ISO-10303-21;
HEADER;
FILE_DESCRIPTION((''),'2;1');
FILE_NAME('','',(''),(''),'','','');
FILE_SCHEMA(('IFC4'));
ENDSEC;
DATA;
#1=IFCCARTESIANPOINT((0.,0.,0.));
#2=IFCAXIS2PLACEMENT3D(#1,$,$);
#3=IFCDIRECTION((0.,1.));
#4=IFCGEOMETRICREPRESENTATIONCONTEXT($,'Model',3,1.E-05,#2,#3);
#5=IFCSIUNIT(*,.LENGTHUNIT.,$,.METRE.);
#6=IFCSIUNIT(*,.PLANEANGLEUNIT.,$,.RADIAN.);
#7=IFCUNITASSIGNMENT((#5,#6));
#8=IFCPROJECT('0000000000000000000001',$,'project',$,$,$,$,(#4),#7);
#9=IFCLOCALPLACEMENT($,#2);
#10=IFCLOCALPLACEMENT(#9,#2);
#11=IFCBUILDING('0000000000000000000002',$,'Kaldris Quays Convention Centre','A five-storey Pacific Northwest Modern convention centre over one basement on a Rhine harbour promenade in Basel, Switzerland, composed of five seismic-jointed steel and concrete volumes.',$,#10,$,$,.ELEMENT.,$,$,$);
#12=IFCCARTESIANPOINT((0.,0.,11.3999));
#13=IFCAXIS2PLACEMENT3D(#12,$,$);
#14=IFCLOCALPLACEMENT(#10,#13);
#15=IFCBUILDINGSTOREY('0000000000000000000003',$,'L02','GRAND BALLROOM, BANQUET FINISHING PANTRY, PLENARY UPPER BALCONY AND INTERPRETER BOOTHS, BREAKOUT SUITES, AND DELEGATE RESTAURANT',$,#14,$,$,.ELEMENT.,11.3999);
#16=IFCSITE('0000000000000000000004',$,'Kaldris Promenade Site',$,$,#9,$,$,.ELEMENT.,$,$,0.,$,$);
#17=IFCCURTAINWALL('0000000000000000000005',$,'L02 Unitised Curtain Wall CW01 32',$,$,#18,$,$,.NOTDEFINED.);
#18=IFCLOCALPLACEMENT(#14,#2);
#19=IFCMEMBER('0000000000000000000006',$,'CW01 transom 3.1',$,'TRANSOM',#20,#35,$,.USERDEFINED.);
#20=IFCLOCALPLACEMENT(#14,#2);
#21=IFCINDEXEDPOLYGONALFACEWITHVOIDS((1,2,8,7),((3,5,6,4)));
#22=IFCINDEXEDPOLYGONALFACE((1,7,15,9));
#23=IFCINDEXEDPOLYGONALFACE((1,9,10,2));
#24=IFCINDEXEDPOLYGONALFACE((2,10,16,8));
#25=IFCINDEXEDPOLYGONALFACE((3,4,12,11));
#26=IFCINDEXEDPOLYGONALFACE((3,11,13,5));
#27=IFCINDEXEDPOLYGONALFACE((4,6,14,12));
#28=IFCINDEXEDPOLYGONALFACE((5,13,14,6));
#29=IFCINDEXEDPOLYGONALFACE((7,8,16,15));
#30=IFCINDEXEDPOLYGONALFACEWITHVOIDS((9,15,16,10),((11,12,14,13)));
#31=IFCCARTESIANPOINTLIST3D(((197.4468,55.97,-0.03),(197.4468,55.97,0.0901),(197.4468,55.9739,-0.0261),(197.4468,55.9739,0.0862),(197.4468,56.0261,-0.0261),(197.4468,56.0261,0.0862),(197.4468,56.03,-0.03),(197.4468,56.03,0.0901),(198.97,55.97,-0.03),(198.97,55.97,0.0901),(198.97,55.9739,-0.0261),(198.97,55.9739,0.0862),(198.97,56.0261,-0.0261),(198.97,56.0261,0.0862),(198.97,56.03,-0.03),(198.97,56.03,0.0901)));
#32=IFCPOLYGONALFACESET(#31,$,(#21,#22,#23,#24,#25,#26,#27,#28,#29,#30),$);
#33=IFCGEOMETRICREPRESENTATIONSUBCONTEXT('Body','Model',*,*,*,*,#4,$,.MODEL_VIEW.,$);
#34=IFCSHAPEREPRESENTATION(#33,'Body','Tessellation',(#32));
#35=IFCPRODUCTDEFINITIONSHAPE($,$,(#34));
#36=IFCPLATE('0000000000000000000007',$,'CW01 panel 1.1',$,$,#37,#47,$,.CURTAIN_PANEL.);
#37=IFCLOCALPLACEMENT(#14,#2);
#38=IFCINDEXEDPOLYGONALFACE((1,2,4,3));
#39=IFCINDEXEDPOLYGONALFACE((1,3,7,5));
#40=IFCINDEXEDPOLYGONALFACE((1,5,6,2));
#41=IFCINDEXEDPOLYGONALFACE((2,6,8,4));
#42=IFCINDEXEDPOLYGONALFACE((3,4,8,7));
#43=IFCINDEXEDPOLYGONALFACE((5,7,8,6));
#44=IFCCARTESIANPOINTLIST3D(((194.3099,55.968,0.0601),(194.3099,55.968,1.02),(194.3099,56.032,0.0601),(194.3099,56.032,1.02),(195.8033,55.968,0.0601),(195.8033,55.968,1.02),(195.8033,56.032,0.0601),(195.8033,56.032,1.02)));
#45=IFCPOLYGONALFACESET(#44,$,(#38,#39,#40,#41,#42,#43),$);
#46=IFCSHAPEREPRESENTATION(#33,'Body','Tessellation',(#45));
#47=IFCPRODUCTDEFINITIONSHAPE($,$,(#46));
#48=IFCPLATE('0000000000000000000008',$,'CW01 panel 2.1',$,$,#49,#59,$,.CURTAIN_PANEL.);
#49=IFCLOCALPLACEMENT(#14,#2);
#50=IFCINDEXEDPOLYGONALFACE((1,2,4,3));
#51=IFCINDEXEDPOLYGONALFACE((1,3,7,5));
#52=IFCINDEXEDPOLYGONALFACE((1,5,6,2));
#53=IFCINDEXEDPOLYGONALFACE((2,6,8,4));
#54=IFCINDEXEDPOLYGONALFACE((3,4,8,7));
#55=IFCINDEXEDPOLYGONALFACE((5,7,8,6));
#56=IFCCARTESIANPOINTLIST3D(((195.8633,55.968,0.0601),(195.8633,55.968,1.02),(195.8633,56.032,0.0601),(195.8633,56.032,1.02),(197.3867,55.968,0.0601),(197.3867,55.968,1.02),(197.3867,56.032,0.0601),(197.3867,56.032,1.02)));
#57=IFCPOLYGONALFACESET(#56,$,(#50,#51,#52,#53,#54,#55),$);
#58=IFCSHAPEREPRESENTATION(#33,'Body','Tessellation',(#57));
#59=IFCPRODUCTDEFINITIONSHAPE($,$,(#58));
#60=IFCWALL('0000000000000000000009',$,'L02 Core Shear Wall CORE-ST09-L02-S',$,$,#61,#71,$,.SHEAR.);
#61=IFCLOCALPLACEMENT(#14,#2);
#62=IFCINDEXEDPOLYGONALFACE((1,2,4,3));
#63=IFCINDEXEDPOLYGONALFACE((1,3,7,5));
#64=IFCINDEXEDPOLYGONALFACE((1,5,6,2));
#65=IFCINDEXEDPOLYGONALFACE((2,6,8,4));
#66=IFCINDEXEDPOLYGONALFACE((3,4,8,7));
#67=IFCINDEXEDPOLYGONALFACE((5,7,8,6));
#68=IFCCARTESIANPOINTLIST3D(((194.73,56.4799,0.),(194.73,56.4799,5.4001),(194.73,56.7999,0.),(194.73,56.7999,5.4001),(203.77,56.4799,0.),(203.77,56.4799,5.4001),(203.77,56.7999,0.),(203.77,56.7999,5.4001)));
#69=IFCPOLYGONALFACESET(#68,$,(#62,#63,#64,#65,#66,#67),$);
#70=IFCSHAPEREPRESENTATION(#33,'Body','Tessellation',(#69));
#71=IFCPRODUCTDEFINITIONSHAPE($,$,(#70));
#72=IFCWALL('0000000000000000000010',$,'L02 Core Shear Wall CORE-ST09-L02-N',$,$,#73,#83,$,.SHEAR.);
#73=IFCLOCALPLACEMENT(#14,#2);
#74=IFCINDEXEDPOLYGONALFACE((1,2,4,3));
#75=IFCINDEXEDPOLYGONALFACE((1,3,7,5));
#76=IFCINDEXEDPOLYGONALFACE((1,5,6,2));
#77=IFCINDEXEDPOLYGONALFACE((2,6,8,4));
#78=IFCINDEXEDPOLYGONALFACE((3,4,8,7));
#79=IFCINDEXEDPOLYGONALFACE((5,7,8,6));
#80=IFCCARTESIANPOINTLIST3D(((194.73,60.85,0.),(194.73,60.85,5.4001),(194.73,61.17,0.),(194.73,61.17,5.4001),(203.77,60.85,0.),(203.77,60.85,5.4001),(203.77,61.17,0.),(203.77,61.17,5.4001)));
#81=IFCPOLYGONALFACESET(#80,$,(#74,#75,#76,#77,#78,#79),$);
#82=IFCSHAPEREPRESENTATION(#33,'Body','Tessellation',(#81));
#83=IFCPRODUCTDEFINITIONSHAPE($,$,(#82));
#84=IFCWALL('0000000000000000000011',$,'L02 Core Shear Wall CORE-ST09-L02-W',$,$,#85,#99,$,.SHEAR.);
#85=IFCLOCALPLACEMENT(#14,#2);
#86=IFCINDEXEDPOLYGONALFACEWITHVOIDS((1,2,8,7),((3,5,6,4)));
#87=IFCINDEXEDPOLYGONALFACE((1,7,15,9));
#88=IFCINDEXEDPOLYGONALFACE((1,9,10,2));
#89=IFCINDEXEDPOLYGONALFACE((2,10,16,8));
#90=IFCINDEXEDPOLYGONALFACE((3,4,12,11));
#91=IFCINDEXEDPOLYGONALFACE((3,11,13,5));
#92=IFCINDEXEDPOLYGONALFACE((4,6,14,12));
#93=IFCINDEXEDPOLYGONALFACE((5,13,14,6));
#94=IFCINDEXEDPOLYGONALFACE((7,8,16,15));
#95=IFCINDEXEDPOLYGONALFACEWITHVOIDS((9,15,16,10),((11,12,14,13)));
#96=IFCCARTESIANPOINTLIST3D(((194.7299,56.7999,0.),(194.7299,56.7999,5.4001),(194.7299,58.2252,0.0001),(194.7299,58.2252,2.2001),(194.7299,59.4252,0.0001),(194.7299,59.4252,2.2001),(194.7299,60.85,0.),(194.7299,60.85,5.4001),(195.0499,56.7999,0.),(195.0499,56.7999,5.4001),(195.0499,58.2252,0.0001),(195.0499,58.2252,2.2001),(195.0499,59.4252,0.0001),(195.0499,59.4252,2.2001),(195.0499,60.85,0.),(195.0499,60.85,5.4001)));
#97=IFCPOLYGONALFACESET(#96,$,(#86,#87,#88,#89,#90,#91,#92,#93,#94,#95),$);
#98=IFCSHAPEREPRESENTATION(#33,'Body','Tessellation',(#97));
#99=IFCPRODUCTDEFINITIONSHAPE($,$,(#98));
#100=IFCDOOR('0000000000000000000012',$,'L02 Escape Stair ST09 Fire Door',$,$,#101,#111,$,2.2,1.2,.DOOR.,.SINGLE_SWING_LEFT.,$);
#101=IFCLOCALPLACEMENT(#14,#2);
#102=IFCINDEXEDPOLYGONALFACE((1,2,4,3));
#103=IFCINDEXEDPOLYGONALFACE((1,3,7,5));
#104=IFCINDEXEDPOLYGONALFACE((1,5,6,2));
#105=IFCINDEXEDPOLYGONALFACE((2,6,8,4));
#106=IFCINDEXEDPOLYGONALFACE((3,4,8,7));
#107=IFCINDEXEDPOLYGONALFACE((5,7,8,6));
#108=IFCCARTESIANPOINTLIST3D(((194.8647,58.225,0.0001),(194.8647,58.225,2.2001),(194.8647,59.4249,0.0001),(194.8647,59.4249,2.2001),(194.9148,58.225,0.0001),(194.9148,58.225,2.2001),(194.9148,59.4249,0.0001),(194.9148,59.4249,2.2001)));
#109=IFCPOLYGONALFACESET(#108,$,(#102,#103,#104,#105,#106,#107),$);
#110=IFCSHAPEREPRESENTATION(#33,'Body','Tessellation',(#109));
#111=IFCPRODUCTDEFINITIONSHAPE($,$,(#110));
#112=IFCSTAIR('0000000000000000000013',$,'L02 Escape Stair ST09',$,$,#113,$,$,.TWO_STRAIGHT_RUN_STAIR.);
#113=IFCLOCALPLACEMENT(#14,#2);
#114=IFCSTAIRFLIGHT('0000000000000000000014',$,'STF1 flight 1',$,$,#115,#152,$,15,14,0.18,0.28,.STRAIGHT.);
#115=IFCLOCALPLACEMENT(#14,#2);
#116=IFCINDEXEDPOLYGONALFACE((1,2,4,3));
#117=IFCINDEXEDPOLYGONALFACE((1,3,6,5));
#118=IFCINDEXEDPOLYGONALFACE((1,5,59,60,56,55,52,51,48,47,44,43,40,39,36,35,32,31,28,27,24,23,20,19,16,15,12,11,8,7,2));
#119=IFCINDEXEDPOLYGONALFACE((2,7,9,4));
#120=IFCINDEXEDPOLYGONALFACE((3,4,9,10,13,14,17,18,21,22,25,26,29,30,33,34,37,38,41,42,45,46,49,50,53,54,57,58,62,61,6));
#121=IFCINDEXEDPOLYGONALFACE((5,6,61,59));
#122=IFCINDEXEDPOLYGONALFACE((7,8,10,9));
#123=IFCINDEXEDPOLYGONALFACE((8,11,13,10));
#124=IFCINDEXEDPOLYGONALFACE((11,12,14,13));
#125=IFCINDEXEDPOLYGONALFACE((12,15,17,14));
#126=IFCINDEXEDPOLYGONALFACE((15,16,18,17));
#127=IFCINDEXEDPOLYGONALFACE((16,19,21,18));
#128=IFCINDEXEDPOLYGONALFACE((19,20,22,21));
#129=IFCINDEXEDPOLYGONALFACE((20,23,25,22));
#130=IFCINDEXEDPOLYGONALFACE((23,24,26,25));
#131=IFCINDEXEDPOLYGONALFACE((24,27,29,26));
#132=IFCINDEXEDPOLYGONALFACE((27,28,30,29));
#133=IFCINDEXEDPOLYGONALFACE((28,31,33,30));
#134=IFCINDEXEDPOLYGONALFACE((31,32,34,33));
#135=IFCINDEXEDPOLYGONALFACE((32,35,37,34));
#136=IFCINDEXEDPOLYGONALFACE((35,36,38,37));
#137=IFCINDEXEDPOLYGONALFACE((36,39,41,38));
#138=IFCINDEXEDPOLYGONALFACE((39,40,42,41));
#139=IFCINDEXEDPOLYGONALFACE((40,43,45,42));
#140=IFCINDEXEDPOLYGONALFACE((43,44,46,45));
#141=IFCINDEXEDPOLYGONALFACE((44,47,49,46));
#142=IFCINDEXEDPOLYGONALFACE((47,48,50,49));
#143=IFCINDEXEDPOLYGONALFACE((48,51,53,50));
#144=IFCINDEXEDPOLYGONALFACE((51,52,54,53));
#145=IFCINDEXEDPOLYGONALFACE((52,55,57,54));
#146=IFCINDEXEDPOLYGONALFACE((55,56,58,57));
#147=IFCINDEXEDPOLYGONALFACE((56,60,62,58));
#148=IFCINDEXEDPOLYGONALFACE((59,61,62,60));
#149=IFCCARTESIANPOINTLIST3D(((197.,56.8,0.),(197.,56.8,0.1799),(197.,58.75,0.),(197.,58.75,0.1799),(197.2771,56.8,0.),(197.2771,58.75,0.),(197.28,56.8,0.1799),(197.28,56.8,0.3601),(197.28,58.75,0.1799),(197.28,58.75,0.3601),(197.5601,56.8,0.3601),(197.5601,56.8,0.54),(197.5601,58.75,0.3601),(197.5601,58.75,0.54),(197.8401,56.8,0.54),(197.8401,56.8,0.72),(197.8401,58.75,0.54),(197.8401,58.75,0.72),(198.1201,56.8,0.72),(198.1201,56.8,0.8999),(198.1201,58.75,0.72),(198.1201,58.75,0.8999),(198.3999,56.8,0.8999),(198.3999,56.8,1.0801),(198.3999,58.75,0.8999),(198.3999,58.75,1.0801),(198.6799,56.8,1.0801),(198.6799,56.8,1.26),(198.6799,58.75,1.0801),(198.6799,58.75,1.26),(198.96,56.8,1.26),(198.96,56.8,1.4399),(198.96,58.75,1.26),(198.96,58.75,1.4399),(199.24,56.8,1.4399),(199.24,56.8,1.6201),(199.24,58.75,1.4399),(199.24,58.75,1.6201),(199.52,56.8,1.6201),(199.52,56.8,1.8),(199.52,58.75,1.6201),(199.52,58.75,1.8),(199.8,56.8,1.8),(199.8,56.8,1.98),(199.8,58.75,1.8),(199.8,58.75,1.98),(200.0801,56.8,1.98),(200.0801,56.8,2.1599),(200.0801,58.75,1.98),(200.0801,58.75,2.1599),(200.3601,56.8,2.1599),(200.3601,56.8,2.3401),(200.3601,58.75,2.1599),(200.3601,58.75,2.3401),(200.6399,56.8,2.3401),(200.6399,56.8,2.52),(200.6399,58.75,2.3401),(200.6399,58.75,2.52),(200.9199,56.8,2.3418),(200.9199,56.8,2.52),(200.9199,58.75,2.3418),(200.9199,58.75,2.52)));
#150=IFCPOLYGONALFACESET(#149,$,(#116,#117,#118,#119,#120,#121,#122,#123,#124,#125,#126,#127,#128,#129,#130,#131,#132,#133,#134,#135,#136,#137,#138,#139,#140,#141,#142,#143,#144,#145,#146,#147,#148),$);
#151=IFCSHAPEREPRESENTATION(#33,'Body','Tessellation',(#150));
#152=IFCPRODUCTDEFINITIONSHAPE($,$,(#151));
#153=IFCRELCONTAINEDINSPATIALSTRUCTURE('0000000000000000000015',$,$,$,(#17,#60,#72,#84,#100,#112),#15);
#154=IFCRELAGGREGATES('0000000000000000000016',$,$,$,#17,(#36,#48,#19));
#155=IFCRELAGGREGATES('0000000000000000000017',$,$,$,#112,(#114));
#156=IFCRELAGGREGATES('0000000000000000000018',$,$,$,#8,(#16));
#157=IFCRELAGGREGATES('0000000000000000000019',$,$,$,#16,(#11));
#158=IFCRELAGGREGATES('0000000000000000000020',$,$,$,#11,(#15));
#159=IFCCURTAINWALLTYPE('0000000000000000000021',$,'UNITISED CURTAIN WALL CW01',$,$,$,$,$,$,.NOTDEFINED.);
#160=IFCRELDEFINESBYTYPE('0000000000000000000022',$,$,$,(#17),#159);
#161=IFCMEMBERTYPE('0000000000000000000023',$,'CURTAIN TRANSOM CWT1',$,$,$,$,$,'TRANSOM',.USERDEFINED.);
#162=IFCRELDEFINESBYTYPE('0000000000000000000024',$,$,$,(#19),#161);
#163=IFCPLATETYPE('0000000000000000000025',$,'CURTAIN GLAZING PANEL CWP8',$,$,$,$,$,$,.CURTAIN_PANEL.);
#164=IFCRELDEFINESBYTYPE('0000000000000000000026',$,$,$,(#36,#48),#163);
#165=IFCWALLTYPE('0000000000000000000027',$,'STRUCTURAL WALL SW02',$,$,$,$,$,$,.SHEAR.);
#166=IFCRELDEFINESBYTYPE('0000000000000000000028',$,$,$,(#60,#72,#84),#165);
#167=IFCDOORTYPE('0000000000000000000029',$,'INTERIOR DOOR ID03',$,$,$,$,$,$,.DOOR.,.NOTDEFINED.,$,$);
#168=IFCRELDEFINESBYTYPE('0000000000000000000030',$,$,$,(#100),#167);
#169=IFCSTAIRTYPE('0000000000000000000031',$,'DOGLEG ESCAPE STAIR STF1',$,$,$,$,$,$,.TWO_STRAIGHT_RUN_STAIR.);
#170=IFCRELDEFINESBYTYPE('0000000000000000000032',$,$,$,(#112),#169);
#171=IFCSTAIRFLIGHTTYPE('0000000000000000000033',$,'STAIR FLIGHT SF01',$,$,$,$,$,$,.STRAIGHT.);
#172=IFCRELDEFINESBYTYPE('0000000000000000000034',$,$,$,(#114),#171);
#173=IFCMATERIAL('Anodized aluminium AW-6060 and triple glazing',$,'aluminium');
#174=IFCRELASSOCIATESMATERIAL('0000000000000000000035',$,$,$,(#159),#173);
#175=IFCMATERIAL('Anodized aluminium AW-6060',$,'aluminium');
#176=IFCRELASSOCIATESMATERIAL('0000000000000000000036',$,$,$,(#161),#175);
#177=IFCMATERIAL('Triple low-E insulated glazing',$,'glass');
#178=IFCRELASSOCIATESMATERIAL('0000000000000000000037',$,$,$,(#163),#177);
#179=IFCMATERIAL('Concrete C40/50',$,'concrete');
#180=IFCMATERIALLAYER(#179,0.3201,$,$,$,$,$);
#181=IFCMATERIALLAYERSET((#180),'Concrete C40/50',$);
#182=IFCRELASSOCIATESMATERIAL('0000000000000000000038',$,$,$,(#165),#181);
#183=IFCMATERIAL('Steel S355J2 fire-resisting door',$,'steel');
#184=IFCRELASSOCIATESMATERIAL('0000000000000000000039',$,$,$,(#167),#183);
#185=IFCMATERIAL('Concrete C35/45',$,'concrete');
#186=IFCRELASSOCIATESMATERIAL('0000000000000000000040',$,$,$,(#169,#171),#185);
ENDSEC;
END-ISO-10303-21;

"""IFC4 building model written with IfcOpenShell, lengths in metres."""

from ifc_helpers import new_model, si_unit, direction, frame, frame_2d, origin, origin_2d, place, context, subcontext, project, spatial, polyline, rectangle, hollow_rectangle, outline, extrude, material, layer, layer_set, material_profile, profile_set, type_object, element, fill, aggregate, save


model = new_model("IFC4")

# Units and contexts
model_context = context("Model", 3, precision=1e-05, world=origin(), true_north=direction((0.0, 1.0)))
body_context = subcontext(model_context, "Body", "Model", "MODEL_VIEW")
ifc_project = project(units=[si_unit("LENGTHUNIT", "METRE"), si_unit("PLANEANGLEUNIT", "RADIAN")], contexts=[model_context])

# Site, building, storey
site_placement = place(None, origin())
site = spatial("IfcSite", under=ifc_project, at=site_placement, Name="Kaldris Promenade Site", CompositionType="ELEMENT", RefElevation=0.0)
building_placement = place(site_placement, origin())
building = spatial("IfcBuilding", under=site, at=building_placement, Name="Kaldris Quays Convention Centre", Description="A five-storey Pacific Northwest Modern convention centre over one basement on a Rhine harbour promenade in Basel, Switzerland, composed of five seismic-jointed steel and concrete volumes.", CompositionType="ELEMENT")
storey_placement = place(building_placement, frame((0.0, 0.0, 11.3999)))
storey = spatial("IfcBuildingStorey", under=building, at=storey_placement, Name="L02", Description="GRAND BALLROOM, BANQUET FINISHING PANTRY, PLENARY UPPER BALCONY AND INTERPRETER BOOTHS, BREAKOUT SUITES, AND DELEGATE RESTAURANT", CompositionType="ELEMENT", Elevation=11.3999)

# Shared definitions
ifc_material_1 = material(Name="Anodized aluminium AW-6060 and triple glazing", Category="aluminium")
curtain_wall_type = type_object("IfcCurtainWallType", Name="UNITISED CURTAIN WALL CW01", PredefinedType="NOTDEFINED", material=ifc_material_1)
ifc_material_2 = material(Name="Anodized aluminium AW-6060", Category="aluminium")

# Curtain wall, member, plates
curtain_wall_1_placement = place(storey_placement, origin())
curtain_wall_1 = element("IfcCurtainWall", 1, at=curtain_wall_1_placement, inside=storey, type_object=curtain_wall_type, Name="L02 Unitised Curtain Wall CW01 32", PredefinedType="NOTDEFINED")
ifc_material_profile_1 = material_profile(ifc_material_2, hollow_rectangle(XDim=0.0601, YDim=0.1201, WallThickness=0.0039, at=origin_2d()), Name="RHS 120x60x4")
ifc_profile_set_1 = profile_set([ifc_material_profile_1], Name="Anodized aluminium AW-6060")
member_type_1 = type_object("IfcMemberType", Name="CURTAIN TRANSOM CWT1", ElementType="TRANSOM", PredefinedType="USERDEFINED", material=ifc_profile_set_1)
member_1_placement = place(storey_placement, frame((197.4468, 56.0, 0.03), z_axis=(1.0, 0.0, 0.0), x_axis=(0.0, 1.0, 0.0)))
member_1 = element("IfcMember", 2, at=member_1_placement, type_object=member_type_1, Name="CW01 transom 3.1", ObjectType="TRANSOM", PredefinedType="USERDEFINED", context=body_context, shape_type="SweptSolid", body=[
    extrude(hollow_rectangle(XDim=0.0601, YDim=0.1201, WallThickness=0.0039, at=origin_2d()), origin(), (0.0, 0.0, 1.0), 1.5232),
])
ifc_material_3 = material(Name="Triple low-E insulated glazing", Category="glass")
plate_type = type_object("IfcPlateType", Name="CURTAIN GLAZING PANEL CWP8", PredefinedType="CURTAIN_PANEL", material=ifc_material_3)
plate_1_placement = place(storey_placement, frame((195.0566, 56.0, 0.0601), z_axis=(0.0, 0.0, 1.0), x_axis=(1.0, 0.0, 0.0)))
plate_1 = element("IfcPlate", 3, at=plate_1_placement, type_object=plate_type, Name="CW01 panel 1.1", PredefinedType="CURTAIN_PANEL", context=body_context, shape_type="SweptSolid", body=[
    extrude(rectangle(XDim=1.4934, YDim=0.064, at=origin_2d()), origin(), (0.0, 0.0, 1.0), 0.96),
])
plate_2_placement = place(storey_placement, frame((196.625, 56.0, 0.0601), z_axis=(0.0, 0.0, 1.0), x_axis=(1.0, 0.0, 0.0)))
plate_2 = element("IfcPlate", 4, at=plate_2_placement, type_object=plate_type, Name="CW01 panel 2.1", PredefinedType="CURTAIN_PANEL", context=body_context, shape_type="SweptSolid", body=[
    extrude(rectangle(XDim=1.5234, YDim=0.064, at=origin_2d()), origin(), (0.0, 0.0, 1.0), 0.96),
])
aggregate(curtain_wall_1, [plate_1, plate_2, member_1])

# Walls
ifc_material_4 = material(Name="Concrete C40/50", Category="concrete")
ifc_layer_1 = layer(ifc_material_4, 0.3201)
ifc_layer_set_1 = layer_set([ifc_layer_1], Name="Concrete C40/50")
wall_type = type_object("IfcWallType", Name="STRUCTURAL WALL SW02", PredefinedType="SHEAR", material=ifc_layer_set_1)
for number, where, z_axis, x_axis, name in (
    (5, (194.73, 56.6399, 0.0), (0.0, 0.0, 1.0), (1.0, 0.0, 0.0), "L02 Core Shear Wall CORE-ST09-L02-S"),
    (6, (194.73, 61.01, 0.0), (0.0, 0.0, 1.0), (1.0, 0.0, 0.0), "L02 Core Shear Wall CORE-ST09-L02-N"),
):
    element("IfcWall", number, at=place(storey_placement, frame(where, z_axis=z_axis, x_axis=x_axis)), inside=storey, type_object=wall_type, Name=name, PredefinedType="SHEAR", context=body_context, shape_type="SweptSolid", body=[
        extrude(rectangle(XDim=9.04, YDim=0.3201, at=frame_2d((4.52, 0.0))), origin(), (0.0, 0.0, 1.0), 5.4001),
    ])

# Wall, opening, door
wall_placement = place(storey_placement, frame((194.8899, 56.8, 0.0), z_axis=(0.0, 0.0, 1.0), x_axis=(0.0, 1.0, 0.0)))
wall = element("IfcWall", 7, at=wall_placement, inside=storey, type_object=wall_type, Name="L02 Core Shear Wall CORE-ST09-L02-W", PredefinedType="SHEAR", context=body_context, shape_type="SweptSolid", body=[
    extrude(rectangle(XDim=4.05, YDim=0.3201, at=frame_2d((2.0249, 0.0))), origin(), (0.0, 0.0, 1.0), 5.4001),
])
opening_placement = place(wall_placement, frame((1.425, 0.0, 0.0)))
opening = element("IfcOpeningElement", 8, at=opening_placement, cuts=wall, PredefinedType="OPENING", context=body_context, shape_type="SweptSolid", body=[
    extrude(rectangle(XDim=1.2, YDim=2.2, at=frame_2d((0.6001, 1.1001))), frame((0.0, 0.1699, 0.0), z_axis=(0.0, -1.0, 0.0), x_axis=(1.0, 0.0, 0.0)), (0.0, 0.0, 1.0), 0.3401),
])
ifc_material_5 = material(Name="Steel S355J2 fire-resisting door", Category="steel")
door_type = type_object("IfcDoorType", Name="INTERIOR DOOR ID03", OperationType="NOTDEFINED", PredefinedType="DOOR", material=ifc_material_5)
door_placement = place(opening_placement, frame((1.2, 0.0, 0.0), z_axis=(0.0, 0.0, 1.0), x_axis=(-1.0, 0.0, 0.0)))
door = element("IfcDoor", 9, at=door_placement, inside=storey, type_object=door_type, Name="L02 Escape Stair ST09 Fire Door", OperationType="SINGLE_SWING_LEFT", OverallHeight=2.2, OverallWidth=1.2, PredefinedType="DOOR", context=body_context, shape_type="SweptSolid", body=[
    extrude(rectangle(XDim=1.2, YDim=2.2, at=frame_2d((0.6001, 1.1001))), frame((0.0, 0.0249, 0.0), z_axis=(0.0, -1.0, 0.0), x_axis=(1.0, 0.0, 0.0)), (0.0, 0.0, 1.0), 0.05),
])
fill(opening, door)

# Stair, stair flight
ifc_material_6 = material(Name="Concrete C35/45", Category="concrete")
stair_type = type_object("IfcStairType", Name="DOGLEG ESCAPE STAIR STF1", PredefinedType="TWO_STRAIGHT_RUN_STAIR", material=ifc_material_6)
stair_placement = place(storey_placement, origin())
stair = element("IfcStair", 10, at=stair_placement, inside=storey, type_object=stair_type, Name="L02 Escape Stair ST09", PredefinedType="TWO_STRAIGHT_RUN_STAIR")
stair_flight_type = type_object("IfcStairFlightType", Name="STAIR FLIGHT SF01", PredefinedType="STRAIGHT", material=ifc_material_6)
stair_flight_placement = place(storey_placement, frame((197.0, 57.7749, 0.0), z_axis=(0.0, 0.0, 1.0), x_axis=(1.0, 0.0, 0.0)))
stair_flight = element("IfcStairFlight", 11, at=stair_flight_placement, type_object=stair_flight_type, Name="STF1 flight 1", NumberOfRisers=15, NumberOfTreads=14, PredefinedType="STRAIGHT", RiserHeight=0.18, TreadLength=0.28, context=body_context, shape_type="SweptSolid", body=[
    extrude(outline(polyline([(0.0, 0.0), (0.0, 0.1799), (0.28, 0.1799), (0.28, 0.3601), (0.5601, 0.3601), (0.5601, 0.54), (0.8401, 0.54), (0.8401, 0.72), (1.1201, 0.72), (1.1201, 0.8999), (1.3999, 0.8999), (1.3999, 1.0801), (1.6799, 1.0801), (1.6799, 1.26), (1.96, 1.26), (1.96, 1.4399), (2.24, 1.4399), (2.24, 1.6201), (2.52, 1.6201), (2.52, 1.8), (2.8, 1.8), (2.8, 1.98), (3.0801, 1.98), (3.0801, 2.1599), (3.3601, 2.1599), (3.3601, 2.3401), (3.6399, 2.3401), (3.6399, 2.52), (3.9199, 2.52), (3.9199, 2.7), (3.9199, 2.3418), (0.2771, 0.0), (0.0, 0.0)])), frame((0.0, 0.9751, 0.0), z_axis=(0.0, -1.0, 0.0), x_axis=(1.0, 0.0, 0.0)), (0.0, 0.0, 1.0), 1.95),
])
aggregate(stair, [stair_flight])

save(model, "model.ifc")
